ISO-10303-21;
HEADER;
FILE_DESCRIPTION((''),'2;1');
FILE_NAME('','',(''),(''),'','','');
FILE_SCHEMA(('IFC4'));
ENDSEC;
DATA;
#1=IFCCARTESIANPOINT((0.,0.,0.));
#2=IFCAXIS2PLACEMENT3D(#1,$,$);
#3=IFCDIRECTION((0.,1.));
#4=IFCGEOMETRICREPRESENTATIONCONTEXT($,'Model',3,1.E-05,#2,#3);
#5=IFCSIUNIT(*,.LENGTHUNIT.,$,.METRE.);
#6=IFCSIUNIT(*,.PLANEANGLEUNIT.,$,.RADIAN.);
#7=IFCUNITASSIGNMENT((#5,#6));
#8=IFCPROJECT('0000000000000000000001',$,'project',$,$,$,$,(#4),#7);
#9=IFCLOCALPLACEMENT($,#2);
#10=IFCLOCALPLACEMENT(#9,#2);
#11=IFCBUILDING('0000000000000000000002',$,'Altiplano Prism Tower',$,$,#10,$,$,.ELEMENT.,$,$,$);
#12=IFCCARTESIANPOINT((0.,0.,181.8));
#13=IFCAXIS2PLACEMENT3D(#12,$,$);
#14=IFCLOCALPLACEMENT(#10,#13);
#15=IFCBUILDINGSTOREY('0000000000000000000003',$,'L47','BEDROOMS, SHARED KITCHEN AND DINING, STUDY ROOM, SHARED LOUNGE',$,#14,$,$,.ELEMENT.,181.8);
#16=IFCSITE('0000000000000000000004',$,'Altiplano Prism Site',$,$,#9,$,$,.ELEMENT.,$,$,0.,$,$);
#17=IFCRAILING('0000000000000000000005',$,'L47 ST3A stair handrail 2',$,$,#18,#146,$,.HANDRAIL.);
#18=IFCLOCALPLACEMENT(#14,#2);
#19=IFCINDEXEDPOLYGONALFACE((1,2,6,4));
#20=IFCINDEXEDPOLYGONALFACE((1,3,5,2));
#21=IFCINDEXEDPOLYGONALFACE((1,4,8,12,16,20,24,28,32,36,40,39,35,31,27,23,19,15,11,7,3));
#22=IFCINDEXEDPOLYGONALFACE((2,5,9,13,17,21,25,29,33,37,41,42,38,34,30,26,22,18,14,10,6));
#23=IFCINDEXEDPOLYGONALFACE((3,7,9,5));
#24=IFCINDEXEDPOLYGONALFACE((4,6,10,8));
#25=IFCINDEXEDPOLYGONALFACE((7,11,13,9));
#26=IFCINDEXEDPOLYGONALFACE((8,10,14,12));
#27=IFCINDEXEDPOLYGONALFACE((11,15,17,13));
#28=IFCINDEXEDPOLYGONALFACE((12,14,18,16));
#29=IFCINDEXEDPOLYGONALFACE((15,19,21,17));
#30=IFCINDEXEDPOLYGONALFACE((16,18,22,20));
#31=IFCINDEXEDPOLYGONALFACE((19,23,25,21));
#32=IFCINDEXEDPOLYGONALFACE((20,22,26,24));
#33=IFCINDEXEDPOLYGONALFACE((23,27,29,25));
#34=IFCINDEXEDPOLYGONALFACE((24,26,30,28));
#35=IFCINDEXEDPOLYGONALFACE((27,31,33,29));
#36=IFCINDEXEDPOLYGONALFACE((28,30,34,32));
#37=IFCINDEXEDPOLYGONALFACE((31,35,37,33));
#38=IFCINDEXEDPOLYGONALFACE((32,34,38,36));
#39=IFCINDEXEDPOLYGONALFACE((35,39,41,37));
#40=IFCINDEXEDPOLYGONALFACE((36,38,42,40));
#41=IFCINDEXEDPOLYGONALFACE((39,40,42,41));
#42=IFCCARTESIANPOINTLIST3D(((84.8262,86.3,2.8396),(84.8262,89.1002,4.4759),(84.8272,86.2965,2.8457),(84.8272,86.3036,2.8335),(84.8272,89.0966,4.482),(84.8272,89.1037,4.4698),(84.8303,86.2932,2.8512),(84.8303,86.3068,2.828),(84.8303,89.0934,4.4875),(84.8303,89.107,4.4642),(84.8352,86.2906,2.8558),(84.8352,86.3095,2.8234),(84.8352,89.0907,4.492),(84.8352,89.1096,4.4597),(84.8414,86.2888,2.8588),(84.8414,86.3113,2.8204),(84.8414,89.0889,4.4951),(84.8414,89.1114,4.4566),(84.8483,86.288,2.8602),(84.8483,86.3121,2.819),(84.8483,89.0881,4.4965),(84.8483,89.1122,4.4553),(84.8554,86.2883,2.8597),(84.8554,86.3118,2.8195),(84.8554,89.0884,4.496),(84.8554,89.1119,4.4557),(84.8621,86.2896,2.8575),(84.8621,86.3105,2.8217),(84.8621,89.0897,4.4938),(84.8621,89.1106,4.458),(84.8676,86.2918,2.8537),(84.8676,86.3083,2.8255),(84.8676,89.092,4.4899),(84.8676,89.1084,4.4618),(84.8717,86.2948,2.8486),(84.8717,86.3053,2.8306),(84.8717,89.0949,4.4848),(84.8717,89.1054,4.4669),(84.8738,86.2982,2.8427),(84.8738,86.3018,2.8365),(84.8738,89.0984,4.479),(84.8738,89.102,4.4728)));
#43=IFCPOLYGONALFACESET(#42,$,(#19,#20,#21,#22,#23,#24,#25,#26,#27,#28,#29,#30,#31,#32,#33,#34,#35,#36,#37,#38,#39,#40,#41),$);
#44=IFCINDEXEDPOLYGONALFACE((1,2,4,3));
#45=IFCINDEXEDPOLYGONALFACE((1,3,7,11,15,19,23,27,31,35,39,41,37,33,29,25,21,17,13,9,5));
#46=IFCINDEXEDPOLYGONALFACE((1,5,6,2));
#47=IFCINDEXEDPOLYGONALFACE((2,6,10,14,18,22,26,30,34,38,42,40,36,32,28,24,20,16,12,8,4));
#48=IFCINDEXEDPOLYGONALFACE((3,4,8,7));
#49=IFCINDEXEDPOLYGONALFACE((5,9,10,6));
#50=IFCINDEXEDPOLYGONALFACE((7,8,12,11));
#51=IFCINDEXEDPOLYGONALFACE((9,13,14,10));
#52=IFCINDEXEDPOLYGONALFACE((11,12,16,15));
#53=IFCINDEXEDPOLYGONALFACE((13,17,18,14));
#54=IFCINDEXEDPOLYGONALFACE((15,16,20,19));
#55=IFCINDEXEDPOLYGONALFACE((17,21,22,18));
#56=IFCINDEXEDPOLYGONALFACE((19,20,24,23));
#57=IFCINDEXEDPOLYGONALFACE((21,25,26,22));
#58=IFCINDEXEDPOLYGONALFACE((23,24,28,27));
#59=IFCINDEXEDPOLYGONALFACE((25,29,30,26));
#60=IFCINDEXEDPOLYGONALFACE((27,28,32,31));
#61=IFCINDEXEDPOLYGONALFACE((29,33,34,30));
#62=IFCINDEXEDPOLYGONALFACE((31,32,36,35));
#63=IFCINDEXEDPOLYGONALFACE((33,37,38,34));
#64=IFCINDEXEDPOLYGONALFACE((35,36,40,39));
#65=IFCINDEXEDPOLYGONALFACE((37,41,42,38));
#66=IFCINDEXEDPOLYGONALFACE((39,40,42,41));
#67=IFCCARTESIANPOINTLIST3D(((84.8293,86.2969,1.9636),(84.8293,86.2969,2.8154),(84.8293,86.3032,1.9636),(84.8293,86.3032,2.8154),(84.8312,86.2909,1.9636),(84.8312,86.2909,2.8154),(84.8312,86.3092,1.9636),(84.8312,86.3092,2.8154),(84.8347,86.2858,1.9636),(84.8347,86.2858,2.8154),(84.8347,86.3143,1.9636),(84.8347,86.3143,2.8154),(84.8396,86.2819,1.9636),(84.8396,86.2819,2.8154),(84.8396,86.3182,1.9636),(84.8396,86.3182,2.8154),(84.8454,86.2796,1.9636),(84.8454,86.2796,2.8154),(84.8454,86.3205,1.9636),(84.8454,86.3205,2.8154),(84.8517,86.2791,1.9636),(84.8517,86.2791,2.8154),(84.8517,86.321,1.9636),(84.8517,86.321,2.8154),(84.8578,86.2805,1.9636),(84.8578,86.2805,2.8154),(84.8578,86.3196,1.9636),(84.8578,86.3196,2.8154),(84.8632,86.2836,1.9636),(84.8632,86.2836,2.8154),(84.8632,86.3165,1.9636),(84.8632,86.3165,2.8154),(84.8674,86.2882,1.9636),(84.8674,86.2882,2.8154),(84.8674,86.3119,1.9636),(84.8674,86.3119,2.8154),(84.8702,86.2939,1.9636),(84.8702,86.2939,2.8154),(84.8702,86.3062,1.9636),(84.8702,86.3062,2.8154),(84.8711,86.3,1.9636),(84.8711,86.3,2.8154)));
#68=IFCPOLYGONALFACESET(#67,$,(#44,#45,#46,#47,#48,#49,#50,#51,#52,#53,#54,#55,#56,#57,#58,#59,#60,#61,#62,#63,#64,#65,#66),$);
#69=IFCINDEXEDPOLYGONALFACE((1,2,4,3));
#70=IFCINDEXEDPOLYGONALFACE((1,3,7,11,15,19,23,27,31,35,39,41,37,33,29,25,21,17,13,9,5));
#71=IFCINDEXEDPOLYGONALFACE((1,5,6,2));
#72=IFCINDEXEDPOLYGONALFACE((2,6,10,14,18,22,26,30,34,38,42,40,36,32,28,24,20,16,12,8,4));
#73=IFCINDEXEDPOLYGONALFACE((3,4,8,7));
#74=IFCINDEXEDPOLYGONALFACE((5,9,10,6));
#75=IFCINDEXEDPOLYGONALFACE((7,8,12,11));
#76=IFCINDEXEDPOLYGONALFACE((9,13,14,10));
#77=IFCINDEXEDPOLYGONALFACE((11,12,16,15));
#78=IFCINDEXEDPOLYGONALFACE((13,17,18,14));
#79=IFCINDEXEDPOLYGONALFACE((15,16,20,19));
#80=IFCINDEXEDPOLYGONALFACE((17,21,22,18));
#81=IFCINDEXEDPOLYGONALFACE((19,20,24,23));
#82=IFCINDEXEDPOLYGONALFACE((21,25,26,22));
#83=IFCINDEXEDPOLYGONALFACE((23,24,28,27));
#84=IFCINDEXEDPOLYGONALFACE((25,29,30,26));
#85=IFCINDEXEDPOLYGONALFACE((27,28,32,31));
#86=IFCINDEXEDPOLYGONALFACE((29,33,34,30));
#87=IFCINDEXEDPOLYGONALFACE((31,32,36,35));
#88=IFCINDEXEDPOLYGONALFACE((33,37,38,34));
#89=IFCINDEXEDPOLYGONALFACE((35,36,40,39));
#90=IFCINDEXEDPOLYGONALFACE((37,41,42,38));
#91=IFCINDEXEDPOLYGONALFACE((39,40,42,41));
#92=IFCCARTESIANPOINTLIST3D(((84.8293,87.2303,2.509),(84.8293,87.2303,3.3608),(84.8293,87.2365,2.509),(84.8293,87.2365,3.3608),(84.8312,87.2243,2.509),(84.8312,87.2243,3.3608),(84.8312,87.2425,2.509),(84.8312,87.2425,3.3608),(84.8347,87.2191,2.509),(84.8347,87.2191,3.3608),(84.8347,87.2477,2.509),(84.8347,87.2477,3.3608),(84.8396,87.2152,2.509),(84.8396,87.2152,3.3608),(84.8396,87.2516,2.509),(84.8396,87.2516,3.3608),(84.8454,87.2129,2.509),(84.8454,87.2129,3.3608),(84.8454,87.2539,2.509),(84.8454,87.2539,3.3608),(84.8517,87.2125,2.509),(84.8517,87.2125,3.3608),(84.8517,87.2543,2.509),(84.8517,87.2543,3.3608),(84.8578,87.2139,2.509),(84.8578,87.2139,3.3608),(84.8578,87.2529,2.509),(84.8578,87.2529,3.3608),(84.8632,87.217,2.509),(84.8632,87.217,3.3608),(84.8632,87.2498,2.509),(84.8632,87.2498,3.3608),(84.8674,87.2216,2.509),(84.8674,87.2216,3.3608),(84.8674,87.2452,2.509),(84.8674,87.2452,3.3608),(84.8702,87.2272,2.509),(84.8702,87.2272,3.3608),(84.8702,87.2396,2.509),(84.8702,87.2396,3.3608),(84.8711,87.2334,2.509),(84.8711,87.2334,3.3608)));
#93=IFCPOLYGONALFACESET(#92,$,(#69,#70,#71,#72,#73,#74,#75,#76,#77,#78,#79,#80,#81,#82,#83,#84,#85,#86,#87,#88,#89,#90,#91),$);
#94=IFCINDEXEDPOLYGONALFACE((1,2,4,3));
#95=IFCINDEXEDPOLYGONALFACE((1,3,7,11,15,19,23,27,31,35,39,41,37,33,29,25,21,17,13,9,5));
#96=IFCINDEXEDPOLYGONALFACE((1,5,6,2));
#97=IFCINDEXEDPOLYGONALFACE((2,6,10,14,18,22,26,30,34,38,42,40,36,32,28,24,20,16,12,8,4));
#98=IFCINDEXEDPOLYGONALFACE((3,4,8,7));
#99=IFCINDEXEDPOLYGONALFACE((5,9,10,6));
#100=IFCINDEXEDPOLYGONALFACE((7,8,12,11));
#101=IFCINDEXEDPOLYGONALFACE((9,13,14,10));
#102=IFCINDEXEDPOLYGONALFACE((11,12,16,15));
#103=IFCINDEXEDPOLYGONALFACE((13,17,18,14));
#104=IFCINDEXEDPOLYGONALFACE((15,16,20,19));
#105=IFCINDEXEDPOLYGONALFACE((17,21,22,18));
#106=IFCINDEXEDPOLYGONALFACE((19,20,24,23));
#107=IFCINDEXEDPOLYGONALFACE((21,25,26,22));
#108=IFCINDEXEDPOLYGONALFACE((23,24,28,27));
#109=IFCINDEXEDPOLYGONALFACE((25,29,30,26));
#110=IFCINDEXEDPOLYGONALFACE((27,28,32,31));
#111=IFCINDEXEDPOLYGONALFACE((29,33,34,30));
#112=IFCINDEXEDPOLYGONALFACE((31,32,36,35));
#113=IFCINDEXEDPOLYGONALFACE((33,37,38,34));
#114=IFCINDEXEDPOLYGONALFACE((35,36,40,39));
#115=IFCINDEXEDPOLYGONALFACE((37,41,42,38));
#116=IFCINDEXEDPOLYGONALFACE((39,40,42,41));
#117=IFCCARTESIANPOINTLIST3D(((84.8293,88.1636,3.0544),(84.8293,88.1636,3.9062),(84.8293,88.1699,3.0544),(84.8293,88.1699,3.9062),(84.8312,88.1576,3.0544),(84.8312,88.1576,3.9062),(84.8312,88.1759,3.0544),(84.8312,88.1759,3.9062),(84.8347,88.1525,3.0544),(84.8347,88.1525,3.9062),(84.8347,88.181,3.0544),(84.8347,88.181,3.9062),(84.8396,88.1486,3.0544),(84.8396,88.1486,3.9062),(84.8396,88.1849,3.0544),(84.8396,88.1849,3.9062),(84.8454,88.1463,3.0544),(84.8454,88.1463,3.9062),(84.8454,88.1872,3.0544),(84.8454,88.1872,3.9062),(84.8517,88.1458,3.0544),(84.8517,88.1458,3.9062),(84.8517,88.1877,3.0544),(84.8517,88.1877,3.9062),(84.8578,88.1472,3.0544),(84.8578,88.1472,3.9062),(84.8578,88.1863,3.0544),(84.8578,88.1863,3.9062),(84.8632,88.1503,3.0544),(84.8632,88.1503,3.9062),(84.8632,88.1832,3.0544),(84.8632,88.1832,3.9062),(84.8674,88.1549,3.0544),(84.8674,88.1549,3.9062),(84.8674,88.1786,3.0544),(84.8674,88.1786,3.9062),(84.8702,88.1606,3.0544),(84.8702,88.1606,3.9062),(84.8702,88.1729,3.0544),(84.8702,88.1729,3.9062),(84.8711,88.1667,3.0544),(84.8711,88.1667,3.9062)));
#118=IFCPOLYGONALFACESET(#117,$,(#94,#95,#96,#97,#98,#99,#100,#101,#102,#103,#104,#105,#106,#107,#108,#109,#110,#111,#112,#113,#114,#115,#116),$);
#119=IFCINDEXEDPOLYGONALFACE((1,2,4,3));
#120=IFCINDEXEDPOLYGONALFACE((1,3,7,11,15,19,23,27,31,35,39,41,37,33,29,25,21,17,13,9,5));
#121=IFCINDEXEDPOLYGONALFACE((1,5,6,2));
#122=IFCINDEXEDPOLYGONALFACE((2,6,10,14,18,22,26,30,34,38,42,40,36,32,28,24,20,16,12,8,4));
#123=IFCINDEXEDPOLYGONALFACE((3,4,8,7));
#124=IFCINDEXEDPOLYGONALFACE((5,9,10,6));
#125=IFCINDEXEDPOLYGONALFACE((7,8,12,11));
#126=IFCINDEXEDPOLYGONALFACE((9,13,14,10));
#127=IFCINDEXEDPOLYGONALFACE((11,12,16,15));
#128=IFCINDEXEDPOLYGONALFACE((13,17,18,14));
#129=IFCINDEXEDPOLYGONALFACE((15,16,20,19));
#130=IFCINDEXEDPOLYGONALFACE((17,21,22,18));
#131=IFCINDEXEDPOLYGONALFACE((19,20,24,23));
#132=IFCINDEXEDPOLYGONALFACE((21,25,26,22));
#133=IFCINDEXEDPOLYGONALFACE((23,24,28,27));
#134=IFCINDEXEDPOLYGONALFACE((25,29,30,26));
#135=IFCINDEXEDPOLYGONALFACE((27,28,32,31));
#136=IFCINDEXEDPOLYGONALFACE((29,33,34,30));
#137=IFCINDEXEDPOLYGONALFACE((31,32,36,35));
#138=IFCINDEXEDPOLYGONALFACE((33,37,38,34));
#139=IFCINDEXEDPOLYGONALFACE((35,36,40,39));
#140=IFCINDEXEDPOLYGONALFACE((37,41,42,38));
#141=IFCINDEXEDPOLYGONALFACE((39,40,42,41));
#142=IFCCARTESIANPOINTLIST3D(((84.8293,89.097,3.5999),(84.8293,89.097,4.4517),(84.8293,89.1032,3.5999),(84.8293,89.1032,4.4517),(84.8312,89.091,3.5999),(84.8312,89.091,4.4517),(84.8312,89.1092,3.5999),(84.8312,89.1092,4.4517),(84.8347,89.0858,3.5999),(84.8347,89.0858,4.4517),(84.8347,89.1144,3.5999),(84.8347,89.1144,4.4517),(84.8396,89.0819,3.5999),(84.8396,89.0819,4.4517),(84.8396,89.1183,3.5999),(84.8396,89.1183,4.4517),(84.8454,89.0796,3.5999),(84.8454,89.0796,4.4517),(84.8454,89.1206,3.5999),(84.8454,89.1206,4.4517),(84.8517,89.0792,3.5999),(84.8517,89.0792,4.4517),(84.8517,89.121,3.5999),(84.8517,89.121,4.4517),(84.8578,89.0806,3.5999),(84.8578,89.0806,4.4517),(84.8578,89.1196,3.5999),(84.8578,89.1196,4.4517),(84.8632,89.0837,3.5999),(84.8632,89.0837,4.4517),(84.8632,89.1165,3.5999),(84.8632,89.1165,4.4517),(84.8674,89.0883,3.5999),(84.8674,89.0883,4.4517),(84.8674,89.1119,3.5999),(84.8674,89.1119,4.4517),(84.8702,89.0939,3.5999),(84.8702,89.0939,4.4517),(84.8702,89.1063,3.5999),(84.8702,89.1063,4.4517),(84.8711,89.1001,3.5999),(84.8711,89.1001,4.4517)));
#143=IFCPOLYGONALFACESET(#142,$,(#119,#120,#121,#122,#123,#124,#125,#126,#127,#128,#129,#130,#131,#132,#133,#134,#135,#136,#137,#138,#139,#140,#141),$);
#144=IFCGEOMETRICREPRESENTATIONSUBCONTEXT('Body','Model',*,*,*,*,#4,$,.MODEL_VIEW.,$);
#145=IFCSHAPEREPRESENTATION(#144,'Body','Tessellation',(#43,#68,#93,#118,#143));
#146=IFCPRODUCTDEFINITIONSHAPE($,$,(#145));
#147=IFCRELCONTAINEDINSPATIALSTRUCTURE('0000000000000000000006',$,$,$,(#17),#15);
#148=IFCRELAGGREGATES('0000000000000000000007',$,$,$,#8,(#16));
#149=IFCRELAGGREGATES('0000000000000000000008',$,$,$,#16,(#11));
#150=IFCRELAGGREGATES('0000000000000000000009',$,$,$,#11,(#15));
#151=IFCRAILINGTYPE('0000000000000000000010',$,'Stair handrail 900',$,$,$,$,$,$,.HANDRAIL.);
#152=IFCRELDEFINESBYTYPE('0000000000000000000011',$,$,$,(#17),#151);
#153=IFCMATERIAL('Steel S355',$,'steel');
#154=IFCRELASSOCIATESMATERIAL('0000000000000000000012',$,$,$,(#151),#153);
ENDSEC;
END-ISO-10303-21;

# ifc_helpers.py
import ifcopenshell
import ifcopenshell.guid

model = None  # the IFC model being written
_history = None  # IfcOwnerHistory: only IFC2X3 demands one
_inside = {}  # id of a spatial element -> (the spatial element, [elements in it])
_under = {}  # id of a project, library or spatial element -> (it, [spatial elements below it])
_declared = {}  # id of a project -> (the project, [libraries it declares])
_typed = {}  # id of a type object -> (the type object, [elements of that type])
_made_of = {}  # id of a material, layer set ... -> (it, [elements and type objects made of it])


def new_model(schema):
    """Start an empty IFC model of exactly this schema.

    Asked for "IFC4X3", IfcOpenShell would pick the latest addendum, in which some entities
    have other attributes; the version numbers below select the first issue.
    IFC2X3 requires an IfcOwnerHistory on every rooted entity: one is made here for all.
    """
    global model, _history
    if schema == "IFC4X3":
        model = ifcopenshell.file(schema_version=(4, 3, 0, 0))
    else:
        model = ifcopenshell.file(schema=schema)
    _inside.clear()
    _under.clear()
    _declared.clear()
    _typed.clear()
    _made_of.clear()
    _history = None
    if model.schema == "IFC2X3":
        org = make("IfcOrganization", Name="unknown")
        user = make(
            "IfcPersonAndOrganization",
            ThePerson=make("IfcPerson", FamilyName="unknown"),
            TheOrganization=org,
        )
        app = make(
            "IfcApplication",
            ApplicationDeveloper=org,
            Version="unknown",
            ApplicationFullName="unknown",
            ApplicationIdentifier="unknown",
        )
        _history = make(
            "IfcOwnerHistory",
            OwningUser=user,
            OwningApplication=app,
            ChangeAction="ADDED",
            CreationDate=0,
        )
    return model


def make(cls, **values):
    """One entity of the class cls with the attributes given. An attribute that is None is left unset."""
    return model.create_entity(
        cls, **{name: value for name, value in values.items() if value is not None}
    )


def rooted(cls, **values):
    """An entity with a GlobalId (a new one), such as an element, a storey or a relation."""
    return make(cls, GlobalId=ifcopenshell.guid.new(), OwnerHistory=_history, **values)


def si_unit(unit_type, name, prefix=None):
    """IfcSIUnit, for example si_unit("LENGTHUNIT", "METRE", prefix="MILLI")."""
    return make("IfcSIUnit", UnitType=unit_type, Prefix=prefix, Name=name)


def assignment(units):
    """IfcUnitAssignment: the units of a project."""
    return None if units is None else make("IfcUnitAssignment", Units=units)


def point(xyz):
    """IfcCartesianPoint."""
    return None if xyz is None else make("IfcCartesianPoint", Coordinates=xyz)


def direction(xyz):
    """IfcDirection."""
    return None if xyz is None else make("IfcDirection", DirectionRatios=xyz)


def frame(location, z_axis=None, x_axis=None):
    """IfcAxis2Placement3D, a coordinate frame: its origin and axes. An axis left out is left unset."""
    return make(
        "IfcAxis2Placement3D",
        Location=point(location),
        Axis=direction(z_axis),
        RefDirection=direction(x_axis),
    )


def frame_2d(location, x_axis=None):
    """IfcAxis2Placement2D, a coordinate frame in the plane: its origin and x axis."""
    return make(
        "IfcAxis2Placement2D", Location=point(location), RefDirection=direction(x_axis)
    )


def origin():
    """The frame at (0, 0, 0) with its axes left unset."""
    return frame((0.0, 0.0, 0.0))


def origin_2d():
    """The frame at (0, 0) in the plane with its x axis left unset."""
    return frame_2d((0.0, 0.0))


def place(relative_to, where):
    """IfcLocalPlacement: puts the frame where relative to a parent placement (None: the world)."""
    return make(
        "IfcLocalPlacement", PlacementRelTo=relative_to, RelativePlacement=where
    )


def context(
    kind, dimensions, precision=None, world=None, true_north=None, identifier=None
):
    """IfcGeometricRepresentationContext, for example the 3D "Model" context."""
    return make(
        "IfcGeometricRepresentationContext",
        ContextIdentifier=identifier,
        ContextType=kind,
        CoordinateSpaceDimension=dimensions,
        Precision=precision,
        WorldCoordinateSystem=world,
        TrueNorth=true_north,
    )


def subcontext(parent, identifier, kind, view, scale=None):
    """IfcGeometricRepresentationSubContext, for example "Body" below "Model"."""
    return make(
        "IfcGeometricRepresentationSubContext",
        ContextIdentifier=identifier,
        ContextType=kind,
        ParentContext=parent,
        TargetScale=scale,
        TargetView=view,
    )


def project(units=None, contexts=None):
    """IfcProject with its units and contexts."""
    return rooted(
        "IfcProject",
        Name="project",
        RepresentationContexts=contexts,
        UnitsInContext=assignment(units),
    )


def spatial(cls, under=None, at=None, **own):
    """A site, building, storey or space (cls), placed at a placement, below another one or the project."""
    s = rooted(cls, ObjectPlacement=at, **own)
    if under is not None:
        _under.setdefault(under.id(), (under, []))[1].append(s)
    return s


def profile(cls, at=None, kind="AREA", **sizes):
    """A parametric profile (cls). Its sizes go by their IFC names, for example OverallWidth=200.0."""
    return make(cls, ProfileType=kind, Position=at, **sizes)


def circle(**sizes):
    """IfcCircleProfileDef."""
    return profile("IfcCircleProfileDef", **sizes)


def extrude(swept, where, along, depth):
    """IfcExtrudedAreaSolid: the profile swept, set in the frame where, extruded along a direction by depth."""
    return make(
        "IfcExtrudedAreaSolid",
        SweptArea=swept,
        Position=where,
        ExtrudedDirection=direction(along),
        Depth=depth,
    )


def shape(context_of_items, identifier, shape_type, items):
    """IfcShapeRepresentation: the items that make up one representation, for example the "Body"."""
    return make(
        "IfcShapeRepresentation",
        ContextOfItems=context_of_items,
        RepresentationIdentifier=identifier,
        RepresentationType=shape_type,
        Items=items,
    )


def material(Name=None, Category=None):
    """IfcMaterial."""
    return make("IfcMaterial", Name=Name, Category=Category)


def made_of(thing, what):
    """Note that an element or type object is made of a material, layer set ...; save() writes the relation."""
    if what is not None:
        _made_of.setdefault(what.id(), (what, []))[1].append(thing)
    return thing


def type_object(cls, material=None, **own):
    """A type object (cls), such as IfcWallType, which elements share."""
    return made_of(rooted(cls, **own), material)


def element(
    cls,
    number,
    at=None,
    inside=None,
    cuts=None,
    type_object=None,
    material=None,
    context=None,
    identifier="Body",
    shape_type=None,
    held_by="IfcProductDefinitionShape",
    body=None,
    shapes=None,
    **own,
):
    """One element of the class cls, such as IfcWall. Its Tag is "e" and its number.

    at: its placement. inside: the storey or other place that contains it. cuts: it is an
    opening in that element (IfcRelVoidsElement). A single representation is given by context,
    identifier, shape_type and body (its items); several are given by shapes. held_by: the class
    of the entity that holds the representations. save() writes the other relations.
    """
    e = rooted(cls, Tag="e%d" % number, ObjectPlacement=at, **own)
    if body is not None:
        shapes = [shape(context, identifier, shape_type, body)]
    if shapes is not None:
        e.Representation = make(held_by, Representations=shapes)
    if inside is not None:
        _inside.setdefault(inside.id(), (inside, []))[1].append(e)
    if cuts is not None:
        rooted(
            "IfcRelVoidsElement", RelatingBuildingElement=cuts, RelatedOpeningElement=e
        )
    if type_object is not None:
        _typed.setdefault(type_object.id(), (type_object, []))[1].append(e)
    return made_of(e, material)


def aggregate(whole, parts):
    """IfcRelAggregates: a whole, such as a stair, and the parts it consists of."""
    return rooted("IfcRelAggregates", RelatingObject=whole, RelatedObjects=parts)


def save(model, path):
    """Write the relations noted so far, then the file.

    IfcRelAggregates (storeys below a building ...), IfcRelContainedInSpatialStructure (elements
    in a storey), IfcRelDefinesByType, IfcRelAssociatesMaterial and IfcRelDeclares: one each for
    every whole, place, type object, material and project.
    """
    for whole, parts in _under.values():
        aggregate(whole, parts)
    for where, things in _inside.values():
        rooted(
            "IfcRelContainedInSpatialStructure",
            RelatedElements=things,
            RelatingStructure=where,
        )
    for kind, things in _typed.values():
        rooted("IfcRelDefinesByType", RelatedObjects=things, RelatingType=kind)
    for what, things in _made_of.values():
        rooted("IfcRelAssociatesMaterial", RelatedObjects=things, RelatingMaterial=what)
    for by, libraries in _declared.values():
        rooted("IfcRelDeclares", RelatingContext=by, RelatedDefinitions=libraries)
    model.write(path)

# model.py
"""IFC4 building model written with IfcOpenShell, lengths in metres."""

from ifc_helpers import new_model, si_unit, direction, frame, origin, origin_2d, place, context, subcontext, project, spatial, circle, extrude, material, type_object, element, save


model = new_model("IFC4")

# Units and contexts
model_context = context("Model", 3, precision=1e-05, world=origin(), true_north=direction((0.0, 1.0)))
body_context = subcontext(model_context, "Body", "Model", "MODEL_VIEW")
ifc_project = project(units=[si_unit("LENGTHUNIT", "METRE"), si_unit("PLANEANGLEUNIT", "RADIAN")], contexts=[model_context])

# Site, building, storey
site_placement = place(None, origin())
site = spatial("IfcSite", under=ifc_project, at=site_placement, Name="Altiplano Prism Site", CompositionType="ELEMENT", RefElevation=0.0)
building_placement = place(site_placement, origin())
building = spatial("IfcBuilding", under=site, at=building_placement, Name="Altiplano Prism Tower", CompositionType="ELEMENT")
storey_placement = place(building_placement, frame((0.0, 0.0, 181.8)))
storey = spatial("IfcBuildingStorey", under=building, at=storey_placement, Name="L47", Description="BEDROOMS, SHARED KITCHEN AND DINING, STUDY ROOM, SHARED LOUNGE", CompositionType="ELEMENT", Elevation=181.8)

# Railing
ifc_material_1 = material(Name="Steel S355", Category="steel")
railing_type = type_object("IfcRailingType", Name="Stair handrail 900", PredefinedType="HANDRAIL", material=ifc_material_1)
for number, where, name in (
    (1, (84.8501, 86.3, 1.9636), "L47 ST3A stair handrail 2"),
):
    element("IfcRailing", number, at=place(storey_placement, frame(where)), inside=storey, type_object=railing_type, Name=name, PredefinedType="HANDRAIL", context=body_context, shape_type="SweptSolid", body=[
        extrude(circle(Radius=0.0239, at=origin_2d()), frame((0.0, 0.0, 0.876), z_axis=(0.0, 0.863394, 0.504531), x_axis=(-1.0, 0.0, 0.0)), (0.0, 0.0, 1.0), 3.2432),
        extrude(circle(Radius=0.021, at=origin_2d()), origin(), (0.0, 0.0, 1.0), 0.8518),
        extrude(circle(Radius=0.021, at=origin_2d()), frame((0.0, 0.9333, 0.5454)), (0.0, 0.0, 1.0), 0.8518),
        extrude(circle(Radius=0.021, at=origin_2d()), frame((0.0, 1.8667, 1.0908)), (0.0, 0.0, 1.0), 0.8518),
        extrude(circle(Radius=0.021, at=origin_2d()), frame((0.0, 2.8, 1.6362)), (0.0, 0.0, 1.0), 0.8518),
    ])

save(model, "model.ifc")
